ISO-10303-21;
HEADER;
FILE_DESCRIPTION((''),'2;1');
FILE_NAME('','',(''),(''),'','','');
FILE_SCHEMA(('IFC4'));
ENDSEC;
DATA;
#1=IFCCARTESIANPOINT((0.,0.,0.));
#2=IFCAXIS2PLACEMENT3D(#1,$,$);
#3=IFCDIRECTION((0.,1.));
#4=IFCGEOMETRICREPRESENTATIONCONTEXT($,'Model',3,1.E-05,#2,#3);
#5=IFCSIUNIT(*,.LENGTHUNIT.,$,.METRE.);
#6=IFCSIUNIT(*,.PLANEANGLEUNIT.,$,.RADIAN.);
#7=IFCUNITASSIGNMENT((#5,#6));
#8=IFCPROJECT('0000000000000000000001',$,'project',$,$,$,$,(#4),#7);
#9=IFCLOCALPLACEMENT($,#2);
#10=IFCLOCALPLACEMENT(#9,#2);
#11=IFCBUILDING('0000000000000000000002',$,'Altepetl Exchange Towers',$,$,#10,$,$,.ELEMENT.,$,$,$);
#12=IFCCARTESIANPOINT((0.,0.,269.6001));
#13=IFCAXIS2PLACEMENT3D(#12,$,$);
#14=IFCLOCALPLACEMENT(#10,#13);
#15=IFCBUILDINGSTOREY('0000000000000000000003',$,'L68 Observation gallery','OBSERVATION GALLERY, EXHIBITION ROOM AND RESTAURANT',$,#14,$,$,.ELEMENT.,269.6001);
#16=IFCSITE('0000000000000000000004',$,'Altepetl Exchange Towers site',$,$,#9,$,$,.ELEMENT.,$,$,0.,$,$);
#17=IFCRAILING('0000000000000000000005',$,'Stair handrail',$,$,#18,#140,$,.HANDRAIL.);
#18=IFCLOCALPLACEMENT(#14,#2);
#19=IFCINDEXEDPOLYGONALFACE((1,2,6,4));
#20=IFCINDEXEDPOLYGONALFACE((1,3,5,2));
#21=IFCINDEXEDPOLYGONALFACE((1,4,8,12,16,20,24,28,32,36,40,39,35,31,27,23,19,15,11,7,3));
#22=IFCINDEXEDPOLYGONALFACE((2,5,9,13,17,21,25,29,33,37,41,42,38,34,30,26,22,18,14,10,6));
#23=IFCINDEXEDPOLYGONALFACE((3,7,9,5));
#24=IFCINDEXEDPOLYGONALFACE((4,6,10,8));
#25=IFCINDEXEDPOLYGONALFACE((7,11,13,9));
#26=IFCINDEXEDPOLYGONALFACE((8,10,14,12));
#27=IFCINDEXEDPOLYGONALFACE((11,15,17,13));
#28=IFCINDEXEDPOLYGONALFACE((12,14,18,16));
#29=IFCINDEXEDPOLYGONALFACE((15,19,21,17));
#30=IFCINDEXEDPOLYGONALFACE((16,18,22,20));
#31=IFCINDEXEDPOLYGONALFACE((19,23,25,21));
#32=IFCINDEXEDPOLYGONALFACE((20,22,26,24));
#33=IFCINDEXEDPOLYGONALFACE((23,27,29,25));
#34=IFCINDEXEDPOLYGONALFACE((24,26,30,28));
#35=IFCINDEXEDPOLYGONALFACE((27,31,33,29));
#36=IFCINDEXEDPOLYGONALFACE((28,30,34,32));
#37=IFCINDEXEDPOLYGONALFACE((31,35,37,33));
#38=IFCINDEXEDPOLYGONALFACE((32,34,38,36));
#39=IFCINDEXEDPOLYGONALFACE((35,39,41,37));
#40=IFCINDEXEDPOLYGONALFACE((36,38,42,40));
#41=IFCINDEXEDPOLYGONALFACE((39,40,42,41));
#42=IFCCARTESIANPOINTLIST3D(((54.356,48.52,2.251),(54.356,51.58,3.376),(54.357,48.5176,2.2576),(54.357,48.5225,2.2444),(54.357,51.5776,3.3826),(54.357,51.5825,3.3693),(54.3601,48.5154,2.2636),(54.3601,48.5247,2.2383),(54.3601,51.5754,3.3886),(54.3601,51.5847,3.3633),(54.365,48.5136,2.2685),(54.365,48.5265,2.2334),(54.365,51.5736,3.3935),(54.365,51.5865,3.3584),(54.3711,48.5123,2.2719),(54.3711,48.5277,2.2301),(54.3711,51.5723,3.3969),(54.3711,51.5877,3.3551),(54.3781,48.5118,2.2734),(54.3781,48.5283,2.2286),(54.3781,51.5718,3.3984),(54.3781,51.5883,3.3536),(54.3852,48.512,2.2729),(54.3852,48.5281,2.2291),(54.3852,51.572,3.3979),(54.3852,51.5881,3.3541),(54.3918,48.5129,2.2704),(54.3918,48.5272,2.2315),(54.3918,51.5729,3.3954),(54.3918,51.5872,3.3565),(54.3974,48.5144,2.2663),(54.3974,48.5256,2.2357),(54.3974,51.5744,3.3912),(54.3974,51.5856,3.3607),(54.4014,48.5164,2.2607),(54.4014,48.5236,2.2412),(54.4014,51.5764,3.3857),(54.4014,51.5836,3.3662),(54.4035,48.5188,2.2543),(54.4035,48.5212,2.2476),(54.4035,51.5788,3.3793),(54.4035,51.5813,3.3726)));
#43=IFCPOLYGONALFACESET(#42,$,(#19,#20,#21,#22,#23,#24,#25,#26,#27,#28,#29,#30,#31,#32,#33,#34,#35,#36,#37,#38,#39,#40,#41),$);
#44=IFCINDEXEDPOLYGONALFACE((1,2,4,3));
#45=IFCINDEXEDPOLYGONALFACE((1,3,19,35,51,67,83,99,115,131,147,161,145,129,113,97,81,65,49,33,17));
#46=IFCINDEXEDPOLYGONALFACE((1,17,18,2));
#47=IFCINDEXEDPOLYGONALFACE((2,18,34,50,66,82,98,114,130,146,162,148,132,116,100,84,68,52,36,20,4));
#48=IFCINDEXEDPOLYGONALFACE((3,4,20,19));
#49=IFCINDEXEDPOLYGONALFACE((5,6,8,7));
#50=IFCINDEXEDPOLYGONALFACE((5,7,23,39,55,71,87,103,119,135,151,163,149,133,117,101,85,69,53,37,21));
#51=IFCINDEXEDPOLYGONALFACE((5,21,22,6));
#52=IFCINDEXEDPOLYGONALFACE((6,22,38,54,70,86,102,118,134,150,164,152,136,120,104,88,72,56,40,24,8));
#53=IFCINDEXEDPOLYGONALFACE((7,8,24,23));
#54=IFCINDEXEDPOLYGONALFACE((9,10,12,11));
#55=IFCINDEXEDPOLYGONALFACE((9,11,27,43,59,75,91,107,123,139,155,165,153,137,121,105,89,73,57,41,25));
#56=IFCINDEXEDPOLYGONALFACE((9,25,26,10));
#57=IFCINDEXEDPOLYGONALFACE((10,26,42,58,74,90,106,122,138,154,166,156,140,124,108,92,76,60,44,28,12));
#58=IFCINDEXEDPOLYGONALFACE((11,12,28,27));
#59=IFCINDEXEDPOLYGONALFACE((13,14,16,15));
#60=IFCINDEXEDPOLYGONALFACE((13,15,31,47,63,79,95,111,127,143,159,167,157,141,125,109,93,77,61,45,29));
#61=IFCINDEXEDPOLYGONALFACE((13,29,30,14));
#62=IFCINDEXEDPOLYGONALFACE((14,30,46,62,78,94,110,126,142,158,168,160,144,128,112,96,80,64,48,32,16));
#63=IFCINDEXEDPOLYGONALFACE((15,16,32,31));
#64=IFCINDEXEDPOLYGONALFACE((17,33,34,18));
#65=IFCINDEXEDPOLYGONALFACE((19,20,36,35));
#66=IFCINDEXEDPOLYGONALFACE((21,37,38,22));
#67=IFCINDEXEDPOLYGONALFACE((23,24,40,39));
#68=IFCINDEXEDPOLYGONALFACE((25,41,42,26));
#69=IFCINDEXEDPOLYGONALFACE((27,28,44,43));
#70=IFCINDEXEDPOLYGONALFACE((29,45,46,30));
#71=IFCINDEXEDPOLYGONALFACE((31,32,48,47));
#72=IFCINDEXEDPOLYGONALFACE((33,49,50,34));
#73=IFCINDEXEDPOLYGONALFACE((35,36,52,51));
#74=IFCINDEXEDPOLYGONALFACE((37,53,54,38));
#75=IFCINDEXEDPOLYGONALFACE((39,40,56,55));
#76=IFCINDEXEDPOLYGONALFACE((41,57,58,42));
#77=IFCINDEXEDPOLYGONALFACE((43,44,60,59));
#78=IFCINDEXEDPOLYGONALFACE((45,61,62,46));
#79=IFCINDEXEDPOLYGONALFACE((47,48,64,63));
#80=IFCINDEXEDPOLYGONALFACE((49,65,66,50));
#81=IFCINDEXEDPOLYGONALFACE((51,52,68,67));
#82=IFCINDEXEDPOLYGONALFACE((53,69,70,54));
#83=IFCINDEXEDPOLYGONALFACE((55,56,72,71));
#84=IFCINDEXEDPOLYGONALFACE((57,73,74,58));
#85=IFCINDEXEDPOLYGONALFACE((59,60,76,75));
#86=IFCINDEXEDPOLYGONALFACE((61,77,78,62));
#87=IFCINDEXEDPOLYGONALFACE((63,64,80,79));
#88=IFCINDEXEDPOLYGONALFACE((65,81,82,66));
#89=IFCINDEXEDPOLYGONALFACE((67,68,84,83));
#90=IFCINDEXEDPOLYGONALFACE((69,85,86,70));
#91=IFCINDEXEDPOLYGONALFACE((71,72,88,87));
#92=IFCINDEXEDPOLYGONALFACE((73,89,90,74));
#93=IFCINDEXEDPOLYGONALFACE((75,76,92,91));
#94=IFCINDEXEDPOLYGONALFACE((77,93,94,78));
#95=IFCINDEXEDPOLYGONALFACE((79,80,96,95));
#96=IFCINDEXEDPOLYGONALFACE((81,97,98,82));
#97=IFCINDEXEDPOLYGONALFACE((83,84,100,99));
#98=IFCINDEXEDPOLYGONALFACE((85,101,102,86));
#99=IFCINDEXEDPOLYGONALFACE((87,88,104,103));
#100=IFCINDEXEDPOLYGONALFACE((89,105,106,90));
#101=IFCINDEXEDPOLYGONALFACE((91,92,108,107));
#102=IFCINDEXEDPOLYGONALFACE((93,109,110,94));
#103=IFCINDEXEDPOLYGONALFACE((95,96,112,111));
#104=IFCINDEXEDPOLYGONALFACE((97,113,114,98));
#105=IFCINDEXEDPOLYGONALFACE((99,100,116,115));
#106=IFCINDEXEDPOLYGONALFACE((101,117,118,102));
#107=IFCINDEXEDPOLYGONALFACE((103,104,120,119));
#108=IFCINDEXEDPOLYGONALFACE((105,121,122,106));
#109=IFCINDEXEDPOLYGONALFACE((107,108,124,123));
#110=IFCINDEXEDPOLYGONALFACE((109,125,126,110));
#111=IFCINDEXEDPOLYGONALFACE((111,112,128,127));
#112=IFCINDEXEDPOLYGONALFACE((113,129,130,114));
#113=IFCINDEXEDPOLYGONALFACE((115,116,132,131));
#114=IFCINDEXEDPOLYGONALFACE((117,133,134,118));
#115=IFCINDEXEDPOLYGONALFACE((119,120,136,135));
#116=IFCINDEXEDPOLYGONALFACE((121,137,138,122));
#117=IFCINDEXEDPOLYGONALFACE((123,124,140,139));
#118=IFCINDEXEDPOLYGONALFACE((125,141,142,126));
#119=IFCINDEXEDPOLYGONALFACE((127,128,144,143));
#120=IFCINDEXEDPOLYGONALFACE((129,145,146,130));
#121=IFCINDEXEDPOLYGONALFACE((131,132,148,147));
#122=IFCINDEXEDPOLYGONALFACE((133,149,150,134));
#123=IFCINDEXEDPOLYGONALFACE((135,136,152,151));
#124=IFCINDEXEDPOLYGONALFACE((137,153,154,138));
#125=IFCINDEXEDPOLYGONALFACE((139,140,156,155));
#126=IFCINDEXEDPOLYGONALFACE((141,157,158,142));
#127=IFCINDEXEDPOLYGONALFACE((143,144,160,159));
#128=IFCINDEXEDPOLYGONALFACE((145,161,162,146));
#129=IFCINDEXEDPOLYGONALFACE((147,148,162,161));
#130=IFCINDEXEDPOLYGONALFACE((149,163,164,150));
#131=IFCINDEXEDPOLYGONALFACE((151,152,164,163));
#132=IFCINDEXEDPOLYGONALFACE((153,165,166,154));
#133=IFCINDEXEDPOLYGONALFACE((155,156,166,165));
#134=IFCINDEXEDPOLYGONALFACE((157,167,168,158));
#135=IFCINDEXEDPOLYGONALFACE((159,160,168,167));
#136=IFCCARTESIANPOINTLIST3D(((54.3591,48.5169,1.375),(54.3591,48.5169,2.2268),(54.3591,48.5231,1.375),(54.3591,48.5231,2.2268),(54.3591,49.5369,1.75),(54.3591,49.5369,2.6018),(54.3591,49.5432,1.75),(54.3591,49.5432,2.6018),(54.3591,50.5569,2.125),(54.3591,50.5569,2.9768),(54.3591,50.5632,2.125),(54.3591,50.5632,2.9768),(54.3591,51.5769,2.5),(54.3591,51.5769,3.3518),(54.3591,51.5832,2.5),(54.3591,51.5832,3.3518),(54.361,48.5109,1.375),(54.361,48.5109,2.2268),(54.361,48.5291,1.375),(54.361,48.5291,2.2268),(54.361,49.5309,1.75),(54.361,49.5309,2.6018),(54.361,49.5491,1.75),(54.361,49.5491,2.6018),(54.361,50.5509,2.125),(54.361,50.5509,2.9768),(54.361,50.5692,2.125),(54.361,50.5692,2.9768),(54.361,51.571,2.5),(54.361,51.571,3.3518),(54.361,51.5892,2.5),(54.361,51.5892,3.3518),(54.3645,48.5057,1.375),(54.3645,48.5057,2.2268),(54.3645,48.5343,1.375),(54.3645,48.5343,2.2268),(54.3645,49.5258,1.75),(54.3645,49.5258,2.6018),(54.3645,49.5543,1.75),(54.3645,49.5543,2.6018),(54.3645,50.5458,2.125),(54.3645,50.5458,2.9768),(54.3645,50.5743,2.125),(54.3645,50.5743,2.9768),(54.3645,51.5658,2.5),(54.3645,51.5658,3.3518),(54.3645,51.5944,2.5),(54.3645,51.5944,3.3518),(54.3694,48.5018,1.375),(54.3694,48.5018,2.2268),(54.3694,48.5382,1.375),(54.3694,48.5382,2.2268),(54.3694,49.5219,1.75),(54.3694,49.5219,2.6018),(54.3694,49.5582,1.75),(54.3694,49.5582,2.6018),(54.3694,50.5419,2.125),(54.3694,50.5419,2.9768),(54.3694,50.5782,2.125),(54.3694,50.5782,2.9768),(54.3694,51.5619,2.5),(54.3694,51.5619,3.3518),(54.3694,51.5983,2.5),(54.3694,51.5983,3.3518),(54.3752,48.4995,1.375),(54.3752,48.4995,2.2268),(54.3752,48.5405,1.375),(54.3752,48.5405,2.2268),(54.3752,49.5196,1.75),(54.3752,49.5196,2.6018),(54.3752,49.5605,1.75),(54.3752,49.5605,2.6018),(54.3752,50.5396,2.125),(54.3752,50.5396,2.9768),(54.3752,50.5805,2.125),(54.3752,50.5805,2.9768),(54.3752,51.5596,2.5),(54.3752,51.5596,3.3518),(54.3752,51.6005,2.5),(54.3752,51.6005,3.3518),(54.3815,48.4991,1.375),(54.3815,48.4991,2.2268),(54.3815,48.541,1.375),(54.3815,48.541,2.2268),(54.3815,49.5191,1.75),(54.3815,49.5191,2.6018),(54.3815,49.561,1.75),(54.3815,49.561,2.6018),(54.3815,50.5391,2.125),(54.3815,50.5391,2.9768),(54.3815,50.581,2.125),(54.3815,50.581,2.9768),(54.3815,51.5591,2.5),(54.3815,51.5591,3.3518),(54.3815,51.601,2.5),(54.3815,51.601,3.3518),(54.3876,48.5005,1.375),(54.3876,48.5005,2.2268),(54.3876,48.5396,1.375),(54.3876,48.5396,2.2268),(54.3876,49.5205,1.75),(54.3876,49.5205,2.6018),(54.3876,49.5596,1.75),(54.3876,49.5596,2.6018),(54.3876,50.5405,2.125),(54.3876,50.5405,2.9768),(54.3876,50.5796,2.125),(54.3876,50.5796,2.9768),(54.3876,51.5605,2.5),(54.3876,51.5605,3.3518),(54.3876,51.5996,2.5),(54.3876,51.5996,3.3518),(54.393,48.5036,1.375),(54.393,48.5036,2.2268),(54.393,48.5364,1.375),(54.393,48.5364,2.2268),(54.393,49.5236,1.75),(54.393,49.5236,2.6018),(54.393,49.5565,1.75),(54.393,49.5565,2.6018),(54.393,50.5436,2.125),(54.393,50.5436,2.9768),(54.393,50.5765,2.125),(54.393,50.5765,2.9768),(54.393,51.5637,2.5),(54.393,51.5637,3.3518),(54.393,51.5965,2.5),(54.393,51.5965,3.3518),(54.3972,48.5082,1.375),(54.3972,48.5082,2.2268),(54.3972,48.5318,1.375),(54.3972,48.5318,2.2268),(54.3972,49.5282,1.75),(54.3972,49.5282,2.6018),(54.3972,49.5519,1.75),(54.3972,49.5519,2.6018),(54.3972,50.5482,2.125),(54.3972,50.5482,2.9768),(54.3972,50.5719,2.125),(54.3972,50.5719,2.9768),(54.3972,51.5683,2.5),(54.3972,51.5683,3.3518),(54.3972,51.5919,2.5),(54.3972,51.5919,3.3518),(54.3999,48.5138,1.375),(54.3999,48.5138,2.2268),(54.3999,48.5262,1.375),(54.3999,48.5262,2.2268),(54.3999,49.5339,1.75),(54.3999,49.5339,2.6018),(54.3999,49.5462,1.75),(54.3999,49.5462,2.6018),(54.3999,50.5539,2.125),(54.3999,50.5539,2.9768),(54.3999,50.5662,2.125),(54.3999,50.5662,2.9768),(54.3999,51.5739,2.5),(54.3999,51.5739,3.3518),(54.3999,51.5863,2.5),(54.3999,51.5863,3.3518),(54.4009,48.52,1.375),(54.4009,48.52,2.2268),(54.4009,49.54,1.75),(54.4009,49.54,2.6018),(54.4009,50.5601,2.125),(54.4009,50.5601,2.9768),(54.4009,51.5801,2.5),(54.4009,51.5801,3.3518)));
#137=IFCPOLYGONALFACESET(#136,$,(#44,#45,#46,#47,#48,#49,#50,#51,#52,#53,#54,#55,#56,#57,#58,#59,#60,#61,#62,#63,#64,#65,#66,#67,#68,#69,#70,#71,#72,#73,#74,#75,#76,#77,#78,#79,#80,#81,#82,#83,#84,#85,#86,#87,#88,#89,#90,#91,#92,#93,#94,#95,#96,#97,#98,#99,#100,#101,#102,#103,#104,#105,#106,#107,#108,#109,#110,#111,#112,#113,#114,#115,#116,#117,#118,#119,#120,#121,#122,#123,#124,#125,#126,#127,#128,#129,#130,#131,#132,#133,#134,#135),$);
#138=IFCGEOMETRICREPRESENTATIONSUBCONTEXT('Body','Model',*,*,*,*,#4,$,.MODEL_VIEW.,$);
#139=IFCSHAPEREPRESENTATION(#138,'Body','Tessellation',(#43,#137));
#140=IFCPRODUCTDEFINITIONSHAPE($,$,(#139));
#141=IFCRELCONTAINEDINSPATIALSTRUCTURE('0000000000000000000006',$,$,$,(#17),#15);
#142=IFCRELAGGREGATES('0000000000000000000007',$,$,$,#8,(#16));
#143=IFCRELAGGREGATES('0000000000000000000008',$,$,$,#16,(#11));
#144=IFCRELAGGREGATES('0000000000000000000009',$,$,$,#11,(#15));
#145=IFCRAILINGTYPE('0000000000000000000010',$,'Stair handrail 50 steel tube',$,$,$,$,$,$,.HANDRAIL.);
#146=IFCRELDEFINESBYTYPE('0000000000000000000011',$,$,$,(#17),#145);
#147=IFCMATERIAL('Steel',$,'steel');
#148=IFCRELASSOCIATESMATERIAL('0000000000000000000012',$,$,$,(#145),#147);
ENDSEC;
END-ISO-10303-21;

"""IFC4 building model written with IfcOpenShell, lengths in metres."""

from ifc_helpers import new_model, si_unit, direction, frame, origin, origin_2d, place, context, subcontext, project, spatial, circle, extrude, source, transform, mapped, material, type_object, element, save


model = new_model("IFC4")

# Units and contexts
model_context = context("Model", 3, precision=1e-05, world=origin(), true_north=direction((0.0, 1.0)))
body_context = subcontext(model_context, "Body", "Model", "MODEL_VIEW")
ifc_project = project(units=[si_unit("LENGTHUNIT", "METRE"), si_unit("PLANEANGLEUNIT", "RADIAN")], contexts=[model_context])

# Site, building, storey
site_placement = place(None, origin())
site = spatial("IfcSite", under=ifc_project, at=site_placement, Name="Altepetl Exchange Towers site", CompositionType="ELEMENT", RefElevation=0.0)
building_placement = place(site_placement, origin())
building = spatial("IfcBuilding", under=site, at=building_placement, Name="Altepetl Exchange Towers", CompositionType="ELEMENT")
storey_placement = place(building_placement, frame((0.0, 0.0, 269.6001)))
storey = spatial("IfcBuildingStorey", under=building, at=storey_placement, Name="L68 Observation gallery", Description="OBSERVATION GALLERY, EXHIBITION ROOM AND RESTAURANT", CompositionType="ELEMENT", Elevation=269.6001)

# Railing
ifc_material_1 = material(Name="Steel", Category="steel")
railing_type = type_object("IfcRailingType", Name="Stair handrail 50 steel tube", PredefinedType="HANDRAIL", material=ifc_material_1)
shared_shape = source(origin(), body_context, "Body", "SweptSolid", [
    extrude(circle(Radius=0.021, at=origin_2d()), origin(), (0.0, 0.0, 1.0), 0.8518),
])
for number, where, name in (
    (1, (54.3799, 48.52, 1.375), "Stair handrail"),
):
    element("IfcRailing", number, at=place(storey_placement, frame(where)), inside=storey, type_object=railing_type, Name=name, PredefinedType="HANDRAIL", context=body_context, shape_type="SweptSolid", body=[
        extrude(circle(Radius=0.0239, at=origin_2d()), frame((0.0, 0.0, 0.876), z_axis=(0.0, 0.938581, 0.34506), x_axis=(-1.0, 0.0, 0.0)), (0.0, 0.0, 1.0), 3.2603),
        mapped(shared_shape, transform((0.0, 0.0, 0.0))),
        mapped(shared_shape, transform((0.0, 1.02, 0.375))),
        mapped(shared_shape, transform((0.0, 2.04, 0.75))),
        mapped(shared_shape, transform((0.0, 3.0601, 1.125))),
    ])

save(model, "model.ifc")
